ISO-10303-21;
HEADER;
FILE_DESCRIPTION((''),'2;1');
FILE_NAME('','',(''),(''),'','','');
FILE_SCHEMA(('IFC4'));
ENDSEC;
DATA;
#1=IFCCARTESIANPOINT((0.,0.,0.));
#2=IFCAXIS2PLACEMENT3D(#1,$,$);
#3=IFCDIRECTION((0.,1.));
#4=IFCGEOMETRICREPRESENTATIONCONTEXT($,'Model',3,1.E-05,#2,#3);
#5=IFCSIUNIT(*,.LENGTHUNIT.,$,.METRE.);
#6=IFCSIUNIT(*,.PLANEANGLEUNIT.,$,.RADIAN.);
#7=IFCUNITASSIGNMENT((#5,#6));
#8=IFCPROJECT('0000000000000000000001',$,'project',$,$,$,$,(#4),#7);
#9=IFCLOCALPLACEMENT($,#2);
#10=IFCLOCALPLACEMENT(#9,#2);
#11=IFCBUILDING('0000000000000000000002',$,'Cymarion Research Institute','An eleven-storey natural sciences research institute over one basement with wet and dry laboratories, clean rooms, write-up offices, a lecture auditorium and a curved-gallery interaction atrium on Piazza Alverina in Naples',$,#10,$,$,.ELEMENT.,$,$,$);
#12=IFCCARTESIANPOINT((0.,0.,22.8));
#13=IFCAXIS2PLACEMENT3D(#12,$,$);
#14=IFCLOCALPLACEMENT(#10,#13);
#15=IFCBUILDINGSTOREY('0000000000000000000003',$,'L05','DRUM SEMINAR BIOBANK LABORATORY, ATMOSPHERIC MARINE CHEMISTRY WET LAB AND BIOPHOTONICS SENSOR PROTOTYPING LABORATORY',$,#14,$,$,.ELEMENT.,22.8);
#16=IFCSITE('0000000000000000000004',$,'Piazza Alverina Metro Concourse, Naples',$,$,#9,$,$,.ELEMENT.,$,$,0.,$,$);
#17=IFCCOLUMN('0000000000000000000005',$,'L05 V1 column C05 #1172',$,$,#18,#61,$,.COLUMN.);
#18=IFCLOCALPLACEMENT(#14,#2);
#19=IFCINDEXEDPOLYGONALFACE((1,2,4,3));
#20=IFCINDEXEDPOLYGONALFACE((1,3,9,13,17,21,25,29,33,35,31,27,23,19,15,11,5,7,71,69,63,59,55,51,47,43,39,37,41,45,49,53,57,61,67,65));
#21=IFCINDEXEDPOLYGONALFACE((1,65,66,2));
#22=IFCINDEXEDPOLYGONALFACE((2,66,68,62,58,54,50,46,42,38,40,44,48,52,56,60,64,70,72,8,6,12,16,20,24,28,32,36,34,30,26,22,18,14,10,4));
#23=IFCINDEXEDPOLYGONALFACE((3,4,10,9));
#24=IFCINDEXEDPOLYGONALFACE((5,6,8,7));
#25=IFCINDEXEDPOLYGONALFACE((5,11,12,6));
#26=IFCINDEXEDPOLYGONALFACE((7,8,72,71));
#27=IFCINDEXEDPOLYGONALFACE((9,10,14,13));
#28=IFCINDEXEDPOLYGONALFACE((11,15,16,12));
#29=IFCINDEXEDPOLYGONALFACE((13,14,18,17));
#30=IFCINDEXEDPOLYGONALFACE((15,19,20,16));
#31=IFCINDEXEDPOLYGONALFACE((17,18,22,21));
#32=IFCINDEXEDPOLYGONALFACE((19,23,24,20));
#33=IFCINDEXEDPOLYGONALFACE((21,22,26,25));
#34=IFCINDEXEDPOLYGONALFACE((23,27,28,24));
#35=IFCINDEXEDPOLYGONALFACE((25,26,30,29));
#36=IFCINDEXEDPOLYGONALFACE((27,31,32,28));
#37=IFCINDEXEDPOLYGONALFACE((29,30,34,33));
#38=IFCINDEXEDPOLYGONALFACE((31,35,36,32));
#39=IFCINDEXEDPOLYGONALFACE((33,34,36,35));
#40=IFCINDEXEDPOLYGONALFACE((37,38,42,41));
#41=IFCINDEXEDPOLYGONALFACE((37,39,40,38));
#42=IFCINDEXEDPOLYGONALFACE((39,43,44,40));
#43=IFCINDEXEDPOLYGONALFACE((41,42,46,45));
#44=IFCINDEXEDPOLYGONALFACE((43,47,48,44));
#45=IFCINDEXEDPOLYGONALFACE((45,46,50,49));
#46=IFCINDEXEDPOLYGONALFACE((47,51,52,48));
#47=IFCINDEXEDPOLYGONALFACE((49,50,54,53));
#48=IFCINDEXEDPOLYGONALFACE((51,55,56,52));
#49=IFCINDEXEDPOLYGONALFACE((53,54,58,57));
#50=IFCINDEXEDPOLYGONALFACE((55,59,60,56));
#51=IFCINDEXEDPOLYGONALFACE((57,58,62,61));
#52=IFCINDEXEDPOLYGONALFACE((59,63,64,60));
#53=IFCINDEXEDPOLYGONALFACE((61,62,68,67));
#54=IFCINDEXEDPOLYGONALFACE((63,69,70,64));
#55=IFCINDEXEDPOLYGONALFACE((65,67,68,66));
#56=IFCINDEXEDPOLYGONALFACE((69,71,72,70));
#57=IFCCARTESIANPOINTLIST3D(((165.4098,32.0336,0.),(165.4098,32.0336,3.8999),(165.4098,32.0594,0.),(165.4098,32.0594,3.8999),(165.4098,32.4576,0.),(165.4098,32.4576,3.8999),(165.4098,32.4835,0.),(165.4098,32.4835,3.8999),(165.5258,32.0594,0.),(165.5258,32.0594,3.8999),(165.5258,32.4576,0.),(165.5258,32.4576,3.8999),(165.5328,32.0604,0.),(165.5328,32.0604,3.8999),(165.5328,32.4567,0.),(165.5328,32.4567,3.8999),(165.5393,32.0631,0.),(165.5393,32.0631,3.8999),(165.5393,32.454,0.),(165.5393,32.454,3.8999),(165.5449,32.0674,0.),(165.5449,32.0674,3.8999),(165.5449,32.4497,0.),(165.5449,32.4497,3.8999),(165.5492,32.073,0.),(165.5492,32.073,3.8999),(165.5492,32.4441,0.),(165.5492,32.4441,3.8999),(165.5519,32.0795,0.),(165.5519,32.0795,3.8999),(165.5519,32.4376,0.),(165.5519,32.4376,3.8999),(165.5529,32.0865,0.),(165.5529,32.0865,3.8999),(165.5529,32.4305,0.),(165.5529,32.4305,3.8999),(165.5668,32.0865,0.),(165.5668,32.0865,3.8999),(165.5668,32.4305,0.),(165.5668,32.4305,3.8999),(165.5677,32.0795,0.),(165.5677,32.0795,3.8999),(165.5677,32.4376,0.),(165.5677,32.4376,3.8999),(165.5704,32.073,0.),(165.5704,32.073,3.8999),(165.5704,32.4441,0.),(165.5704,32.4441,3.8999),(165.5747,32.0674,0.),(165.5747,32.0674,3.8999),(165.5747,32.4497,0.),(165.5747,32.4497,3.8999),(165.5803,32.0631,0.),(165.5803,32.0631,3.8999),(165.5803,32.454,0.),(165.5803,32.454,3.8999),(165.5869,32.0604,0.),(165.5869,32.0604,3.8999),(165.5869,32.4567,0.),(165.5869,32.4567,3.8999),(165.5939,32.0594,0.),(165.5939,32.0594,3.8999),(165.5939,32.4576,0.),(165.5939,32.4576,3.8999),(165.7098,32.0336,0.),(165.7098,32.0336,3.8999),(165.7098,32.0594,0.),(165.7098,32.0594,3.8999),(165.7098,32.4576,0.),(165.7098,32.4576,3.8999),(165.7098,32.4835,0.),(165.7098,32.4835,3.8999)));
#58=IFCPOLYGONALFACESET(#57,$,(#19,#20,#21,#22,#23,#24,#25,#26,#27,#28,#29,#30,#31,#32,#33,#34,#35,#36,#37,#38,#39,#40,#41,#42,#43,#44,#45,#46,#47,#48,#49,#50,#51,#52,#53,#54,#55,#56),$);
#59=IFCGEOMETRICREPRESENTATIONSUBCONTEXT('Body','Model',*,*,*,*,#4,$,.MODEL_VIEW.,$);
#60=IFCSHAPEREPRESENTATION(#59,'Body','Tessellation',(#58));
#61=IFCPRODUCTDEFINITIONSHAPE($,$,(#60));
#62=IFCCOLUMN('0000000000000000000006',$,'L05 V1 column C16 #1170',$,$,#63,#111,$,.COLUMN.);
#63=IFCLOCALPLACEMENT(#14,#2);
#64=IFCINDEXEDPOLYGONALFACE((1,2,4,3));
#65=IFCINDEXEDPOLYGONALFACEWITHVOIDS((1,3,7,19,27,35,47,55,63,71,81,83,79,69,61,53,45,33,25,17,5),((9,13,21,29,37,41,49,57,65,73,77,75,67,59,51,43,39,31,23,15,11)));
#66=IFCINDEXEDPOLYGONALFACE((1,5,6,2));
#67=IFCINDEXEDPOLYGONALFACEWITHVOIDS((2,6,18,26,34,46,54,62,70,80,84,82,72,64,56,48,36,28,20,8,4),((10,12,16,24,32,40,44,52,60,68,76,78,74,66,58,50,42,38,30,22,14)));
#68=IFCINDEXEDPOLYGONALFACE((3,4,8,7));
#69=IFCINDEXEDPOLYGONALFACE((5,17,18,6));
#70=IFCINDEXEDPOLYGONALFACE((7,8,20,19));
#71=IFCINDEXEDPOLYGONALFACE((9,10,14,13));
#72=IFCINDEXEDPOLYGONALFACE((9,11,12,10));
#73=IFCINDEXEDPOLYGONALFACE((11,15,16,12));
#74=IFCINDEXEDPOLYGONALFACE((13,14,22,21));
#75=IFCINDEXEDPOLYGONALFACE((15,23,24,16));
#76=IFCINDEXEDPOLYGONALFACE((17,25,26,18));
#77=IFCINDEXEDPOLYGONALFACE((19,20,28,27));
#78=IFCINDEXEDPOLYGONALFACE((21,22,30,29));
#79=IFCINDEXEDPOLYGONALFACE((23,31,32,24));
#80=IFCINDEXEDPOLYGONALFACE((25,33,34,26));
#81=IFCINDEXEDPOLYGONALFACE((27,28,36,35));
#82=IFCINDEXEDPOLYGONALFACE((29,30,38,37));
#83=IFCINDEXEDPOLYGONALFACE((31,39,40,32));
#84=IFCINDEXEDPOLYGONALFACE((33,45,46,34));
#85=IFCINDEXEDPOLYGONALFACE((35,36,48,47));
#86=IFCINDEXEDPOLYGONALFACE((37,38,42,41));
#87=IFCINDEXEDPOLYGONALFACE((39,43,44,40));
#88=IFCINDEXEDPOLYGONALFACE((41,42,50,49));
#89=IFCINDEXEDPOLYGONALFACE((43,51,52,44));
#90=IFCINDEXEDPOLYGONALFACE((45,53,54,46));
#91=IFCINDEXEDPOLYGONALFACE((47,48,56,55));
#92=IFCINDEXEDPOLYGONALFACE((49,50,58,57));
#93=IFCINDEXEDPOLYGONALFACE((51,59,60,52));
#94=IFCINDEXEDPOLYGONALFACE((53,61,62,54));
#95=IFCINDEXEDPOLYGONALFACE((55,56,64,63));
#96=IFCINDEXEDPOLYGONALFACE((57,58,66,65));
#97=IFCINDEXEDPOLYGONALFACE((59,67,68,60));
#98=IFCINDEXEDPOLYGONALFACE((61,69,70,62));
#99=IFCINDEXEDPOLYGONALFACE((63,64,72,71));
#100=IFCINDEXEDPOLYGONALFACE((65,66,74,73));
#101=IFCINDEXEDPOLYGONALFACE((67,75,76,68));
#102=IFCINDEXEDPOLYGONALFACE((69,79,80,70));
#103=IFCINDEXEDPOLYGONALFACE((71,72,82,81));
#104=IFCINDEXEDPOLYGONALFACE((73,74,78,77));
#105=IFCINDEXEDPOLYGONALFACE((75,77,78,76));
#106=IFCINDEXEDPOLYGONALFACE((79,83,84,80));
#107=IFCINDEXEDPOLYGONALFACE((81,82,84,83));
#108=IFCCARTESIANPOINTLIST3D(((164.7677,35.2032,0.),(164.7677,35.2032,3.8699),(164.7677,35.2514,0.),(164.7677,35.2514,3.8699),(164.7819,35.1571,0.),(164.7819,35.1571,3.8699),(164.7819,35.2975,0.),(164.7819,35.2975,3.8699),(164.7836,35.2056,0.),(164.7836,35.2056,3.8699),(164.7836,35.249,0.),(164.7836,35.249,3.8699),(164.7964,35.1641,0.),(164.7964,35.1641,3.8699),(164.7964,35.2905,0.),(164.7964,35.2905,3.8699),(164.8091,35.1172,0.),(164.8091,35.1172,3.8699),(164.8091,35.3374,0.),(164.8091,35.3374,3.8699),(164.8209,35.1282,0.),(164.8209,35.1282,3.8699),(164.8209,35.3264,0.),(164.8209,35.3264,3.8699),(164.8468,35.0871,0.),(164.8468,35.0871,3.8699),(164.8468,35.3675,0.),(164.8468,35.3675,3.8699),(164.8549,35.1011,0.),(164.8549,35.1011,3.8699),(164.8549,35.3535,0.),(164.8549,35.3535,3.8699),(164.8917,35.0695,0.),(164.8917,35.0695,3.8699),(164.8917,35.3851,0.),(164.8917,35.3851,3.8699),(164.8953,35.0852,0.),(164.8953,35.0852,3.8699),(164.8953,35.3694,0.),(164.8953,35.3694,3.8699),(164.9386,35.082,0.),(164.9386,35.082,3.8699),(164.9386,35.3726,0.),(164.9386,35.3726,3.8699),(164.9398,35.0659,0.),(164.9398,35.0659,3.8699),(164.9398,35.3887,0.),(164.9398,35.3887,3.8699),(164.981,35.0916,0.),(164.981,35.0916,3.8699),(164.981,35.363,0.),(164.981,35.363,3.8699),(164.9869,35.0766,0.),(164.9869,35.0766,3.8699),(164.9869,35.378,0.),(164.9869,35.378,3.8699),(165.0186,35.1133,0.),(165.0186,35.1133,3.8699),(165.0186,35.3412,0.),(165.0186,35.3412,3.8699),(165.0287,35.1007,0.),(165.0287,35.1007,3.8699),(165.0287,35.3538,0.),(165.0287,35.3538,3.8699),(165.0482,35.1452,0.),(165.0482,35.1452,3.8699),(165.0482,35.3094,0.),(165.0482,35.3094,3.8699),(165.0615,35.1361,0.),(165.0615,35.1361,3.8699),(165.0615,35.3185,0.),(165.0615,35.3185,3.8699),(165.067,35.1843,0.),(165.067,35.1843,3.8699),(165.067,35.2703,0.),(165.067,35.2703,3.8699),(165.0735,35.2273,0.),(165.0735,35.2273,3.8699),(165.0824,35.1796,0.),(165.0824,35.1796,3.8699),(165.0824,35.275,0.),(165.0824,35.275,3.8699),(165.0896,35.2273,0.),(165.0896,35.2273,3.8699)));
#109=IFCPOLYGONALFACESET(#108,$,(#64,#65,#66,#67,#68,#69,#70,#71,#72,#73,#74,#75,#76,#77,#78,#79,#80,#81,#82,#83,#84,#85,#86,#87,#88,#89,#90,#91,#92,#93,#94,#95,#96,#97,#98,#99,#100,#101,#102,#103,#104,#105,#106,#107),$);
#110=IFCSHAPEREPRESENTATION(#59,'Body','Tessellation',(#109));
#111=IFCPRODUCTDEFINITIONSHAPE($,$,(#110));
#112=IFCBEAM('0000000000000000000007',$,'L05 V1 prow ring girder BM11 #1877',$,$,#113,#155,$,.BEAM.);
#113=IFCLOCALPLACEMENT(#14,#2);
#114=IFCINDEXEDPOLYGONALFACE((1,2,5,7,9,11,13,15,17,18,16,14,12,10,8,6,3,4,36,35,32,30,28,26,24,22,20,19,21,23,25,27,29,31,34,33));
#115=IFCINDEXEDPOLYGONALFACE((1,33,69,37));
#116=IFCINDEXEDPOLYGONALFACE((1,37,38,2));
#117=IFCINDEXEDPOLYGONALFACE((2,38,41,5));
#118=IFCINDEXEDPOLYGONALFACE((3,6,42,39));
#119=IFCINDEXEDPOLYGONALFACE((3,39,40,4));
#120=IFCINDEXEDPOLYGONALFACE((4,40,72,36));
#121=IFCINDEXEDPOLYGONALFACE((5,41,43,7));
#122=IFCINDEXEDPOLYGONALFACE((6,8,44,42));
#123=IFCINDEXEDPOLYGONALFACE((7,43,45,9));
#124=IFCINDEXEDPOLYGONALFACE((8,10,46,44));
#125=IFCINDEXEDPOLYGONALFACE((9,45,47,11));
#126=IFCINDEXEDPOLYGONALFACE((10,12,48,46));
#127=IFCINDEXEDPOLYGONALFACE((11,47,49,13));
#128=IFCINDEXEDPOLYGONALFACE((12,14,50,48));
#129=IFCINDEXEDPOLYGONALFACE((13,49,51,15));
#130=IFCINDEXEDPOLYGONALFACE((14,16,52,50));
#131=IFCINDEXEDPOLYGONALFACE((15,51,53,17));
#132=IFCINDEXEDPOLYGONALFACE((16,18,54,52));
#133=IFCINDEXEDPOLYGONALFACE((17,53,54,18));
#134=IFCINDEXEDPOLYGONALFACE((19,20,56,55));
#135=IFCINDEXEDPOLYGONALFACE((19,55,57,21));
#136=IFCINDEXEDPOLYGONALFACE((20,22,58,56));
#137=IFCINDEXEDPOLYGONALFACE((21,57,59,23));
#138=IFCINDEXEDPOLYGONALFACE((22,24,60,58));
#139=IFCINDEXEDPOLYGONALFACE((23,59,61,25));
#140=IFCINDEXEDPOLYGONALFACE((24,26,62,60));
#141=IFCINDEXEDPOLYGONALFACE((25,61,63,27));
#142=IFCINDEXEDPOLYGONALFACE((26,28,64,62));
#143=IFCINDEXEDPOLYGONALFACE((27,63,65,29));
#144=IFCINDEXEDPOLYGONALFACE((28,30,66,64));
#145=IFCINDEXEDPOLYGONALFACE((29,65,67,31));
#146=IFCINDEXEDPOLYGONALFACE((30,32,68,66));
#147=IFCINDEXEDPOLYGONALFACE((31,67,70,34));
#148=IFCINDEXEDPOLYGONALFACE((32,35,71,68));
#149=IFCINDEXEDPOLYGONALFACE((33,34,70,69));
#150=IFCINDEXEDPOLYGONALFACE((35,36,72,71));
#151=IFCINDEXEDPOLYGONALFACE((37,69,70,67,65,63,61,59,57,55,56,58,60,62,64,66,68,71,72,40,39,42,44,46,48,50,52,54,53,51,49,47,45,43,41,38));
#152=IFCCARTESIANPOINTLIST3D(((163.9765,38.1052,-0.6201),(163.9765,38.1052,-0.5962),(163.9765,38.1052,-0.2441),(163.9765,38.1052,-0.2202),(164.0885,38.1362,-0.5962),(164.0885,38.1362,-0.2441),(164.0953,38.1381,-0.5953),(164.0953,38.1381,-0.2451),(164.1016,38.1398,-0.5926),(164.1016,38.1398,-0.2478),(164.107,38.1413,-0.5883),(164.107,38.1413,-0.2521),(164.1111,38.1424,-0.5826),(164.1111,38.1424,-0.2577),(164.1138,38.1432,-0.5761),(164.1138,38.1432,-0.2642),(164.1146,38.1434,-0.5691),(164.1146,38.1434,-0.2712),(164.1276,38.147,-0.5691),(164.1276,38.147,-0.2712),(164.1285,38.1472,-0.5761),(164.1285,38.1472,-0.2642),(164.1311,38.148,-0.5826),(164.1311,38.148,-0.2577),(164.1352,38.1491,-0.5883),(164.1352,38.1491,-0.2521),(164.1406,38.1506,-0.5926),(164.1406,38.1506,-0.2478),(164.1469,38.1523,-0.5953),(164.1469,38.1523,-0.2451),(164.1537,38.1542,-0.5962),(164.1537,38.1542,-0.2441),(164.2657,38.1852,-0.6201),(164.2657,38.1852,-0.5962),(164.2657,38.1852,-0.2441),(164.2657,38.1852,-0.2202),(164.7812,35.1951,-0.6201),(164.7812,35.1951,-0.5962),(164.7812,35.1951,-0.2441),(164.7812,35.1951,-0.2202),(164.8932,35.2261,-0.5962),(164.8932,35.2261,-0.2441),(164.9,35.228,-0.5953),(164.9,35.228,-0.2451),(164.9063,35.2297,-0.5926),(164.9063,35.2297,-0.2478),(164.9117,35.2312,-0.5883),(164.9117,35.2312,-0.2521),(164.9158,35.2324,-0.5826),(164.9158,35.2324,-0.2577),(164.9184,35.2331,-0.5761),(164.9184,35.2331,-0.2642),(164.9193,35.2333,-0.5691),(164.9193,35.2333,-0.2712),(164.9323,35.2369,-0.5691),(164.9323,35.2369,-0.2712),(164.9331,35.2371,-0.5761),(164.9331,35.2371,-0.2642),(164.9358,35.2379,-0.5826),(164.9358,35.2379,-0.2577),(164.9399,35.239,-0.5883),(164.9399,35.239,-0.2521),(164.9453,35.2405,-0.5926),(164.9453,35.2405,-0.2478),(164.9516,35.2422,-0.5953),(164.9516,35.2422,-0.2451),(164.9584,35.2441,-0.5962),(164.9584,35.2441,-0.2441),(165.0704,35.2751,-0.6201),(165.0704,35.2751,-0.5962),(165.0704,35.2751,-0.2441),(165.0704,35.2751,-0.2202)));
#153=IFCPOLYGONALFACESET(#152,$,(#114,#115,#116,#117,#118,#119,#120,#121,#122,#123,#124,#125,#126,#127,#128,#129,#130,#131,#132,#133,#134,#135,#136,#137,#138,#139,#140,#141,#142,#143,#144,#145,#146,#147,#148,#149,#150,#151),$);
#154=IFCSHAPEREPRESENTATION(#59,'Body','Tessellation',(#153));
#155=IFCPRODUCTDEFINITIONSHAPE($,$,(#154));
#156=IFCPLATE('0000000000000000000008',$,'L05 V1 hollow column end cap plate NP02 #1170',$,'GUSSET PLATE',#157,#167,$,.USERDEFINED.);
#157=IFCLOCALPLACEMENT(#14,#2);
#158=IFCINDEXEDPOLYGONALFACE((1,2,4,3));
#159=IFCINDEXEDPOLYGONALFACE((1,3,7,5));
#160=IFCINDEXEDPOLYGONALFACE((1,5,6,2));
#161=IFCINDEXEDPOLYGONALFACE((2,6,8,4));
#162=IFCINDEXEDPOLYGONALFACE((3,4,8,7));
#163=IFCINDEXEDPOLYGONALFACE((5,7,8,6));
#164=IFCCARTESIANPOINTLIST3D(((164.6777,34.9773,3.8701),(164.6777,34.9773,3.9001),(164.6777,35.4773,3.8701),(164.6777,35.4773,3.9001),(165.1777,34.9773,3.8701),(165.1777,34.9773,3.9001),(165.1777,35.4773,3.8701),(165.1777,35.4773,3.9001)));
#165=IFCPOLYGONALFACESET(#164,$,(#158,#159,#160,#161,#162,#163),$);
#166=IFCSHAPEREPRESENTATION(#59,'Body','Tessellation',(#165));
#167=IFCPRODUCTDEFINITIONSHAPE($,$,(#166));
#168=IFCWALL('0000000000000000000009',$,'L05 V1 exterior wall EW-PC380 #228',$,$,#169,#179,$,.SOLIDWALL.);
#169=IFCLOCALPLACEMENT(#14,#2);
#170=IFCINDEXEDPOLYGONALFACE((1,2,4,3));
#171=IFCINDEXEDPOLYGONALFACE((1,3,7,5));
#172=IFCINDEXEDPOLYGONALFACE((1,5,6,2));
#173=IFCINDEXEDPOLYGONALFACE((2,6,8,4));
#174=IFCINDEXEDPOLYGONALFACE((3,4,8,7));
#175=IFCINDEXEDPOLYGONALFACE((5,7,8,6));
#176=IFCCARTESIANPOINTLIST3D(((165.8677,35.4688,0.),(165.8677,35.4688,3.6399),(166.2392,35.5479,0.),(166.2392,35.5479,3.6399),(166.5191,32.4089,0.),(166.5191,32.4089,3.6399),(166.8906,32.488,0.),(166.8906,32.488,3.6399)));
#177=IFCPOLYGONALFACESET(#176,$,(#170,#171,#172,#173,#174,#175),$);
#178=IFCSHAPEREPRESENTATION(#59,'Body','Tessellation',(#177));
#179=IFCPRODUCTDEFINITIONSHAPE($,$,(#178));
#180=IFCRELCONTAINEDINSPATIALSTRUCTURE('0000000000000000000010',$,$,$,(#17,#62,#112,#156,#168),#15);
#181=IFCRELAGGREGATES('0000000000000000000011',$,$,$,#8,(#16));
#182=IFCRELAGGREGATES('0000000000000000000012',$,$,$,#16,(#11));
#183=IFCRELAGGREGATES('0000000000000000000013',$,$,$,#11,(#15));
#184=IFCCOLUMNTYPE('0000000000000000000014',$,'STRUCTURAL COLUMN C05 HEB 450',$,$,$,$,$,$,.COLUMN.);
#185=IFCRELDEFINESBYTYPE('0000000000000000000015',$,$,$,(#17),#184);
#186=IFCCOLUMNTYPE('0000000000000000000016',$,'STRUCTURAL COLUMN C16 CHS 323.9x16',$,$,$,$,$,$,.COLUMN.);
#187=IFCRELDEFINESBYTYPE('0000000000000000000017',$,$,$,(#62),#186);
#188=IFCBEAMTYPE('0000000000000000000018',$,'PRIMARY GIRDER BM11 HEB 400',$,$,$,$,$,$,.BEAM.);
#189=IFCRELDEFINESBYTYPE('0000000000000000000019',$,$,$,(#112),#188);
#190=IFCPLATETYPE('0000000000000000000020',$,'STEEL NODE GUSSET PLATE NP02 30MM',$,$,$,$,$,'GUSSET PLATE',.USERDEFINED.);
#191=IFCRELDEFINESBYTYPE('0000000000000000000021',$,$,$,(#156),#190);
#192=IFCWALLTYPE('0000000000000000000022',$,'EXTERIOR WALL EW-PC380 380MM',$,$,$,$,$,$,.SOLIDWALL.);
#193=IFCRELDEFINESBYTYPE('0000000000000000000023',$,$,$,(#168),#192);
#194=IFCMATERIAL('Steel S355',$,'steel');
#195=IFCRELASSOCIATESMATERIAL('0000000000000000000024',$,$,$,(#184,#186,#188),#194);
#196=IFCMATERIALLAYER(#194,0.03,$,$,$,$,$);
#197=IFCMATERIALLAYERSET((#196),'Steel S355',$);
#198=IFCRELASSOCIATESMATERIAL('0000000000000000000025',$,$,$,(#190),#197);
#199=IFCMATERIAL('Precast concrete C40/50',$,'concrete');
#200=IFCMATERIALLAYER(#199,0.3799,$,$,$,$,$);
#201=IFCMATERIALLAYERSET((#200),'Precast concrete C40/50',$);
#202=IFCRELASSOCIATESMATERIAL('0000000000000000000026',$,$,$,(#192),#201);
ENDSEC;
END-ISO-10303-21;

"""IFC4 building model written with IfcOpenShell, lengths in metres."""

from ifc_helpers import new_model, si_unit, direction, frame, frame_2d, origin, origin_2d, place, context, subcontext, project, spatial, rectangle, hollow_circle, i_section, extrude, material, layer, layer_set, material_profile, profile_set, type_object, element, save


model = new_model("IFC4")

# Units and contexts
model_context = context("Model", 3, precision=1e-05, world=origin(), true_north=direction((0.0, 1.0)))
body_context = subcontext(model_context, "Body", "Model", "MODEL_VIEW")
ifc_project = project(units=[si_unit("LENGTHUNIT", "METRE"), si_unit("PLANEANGLEUNIT", "RADIAN")], contexts=[model_context])

# Site, building, storey
site_placement = place(None, origin())
site = spatial("IfcSite", under=ifc_project, at=site_placement, Name="Piazza Alverina Metro Concourse, Naples", CompositionType="ELEMENT", RefElevation=0.0)
building_placement = place(site_placement, origin())
building = spatial("IfcBuilding", under=site, at=building_placement, Name="Cymarion Research Institute", Description="An eleven-storey natural sciences research institute over one basement with wet and dry laboratories, clean rooms, write-up offices, a lecture auditorium and a curved-gallery interaction atrium on Piazza Alverina in Naples", CompositionType="ELEMENT")
storey_placement = place(building_placement, frame((0.0, 0.0, 22.8)))
storey = spatial("IfcBuildingStorey", under=building, at=storey_placement, Name="L05", Description="DRUM SEMINAR BIOBANK LABORATORY, ATMOSPHERIC MARINE CHEMISTRY WET LAB AND BIOPHOTONICS SENSOR PROTOTYPING LABORATORY", CompositionType="ELEMENT", Elevation=22.8)

# Columns
ifc_material_1 = material(Name="Steel S355", Category="steel")
ifc_material_profile_1 = material_profile(ifc_material_1, i_section(OverallWidth=0.3, OverallDepth=0.45, WebThickness=0.0139, FlangeThickness=0.0259, FilletRadius=0.0271, at=origin_2d()), Name="HEB 450")
ifc_profile_set_1 = profile_set([ifc_material_profile_1], Name="Steel S355")
column_type_1 = type_object("IfcColumnType", Name="STRUCTURAL COLUMN C05 HEB 450", PredefinedType="COLUMN", material=ifc_profile_set_1)
column_1_placement = place(storey_placement, frame((165.5598, 32.2585, 0.0), z_axis=(0.0, 0.0, 1.0), x_axis=(1.0, 0.0, 0.0)))
element("IfcColumn", 1, at=column_1_placement, inside=storey, type_object=column_type_1, Name="L05 V1 column C05 #1172", PredefinedType="COLUMN", context=body_context, shape_type="SweptSolid", body=[
    extrude(i_section(OverallWidth=0.3, OverallDepth=0.45, WebThickness=0.0139, FlangeThickness=0.0259, FilletRadius=0.0271, at=origin_2d()), origin(), (0.0, 0.0, 1.0), 3.8999),
])
ifc_material_profile_2 = material_profile(ifc_material_1, hollow_circle(Radius=0.1619, WallThickness=0.0161, at=origin_2d()), Name="CHS 323.9x16")
ifc_profile_set_2 = profile_set([ifc_material_profile_2], Name="Steel S355")
column_type_2 = type_object("IfcColumnType", Name="STRUCTURAL COLUMN C16 CHS 323.9x16", PredefinedType="COLUMN", material=ifc_profile_set_2)
column_2_placement = place(storey_placement, frame((164.9277, 35.2273, 0.0), z_axis=(0.0, 0.0, 1.0), x_axis=(1.0, 0.0, 0.0)))
element("IfcColumn", 2, at=column_2_placement, inside=storey, type_object=column_type_2, Name="L05 V1 column C16 #1170", PredefinedType="COLUMN", context=body_context, shape_type="SweptSolid", body=[
    extrude(hollow_circle(Radius=0.1619, WallThickness=0.0161, at=origin_2d()), origin(), (0.0, 0.0, 1.0), 3.8699),
])

# Beam
ifc_material_profile_3 = material_profile(ifc_material_1, i_section(OverallWidth=0.3, OverallDepth=0.3999, WebThickness=0.0134, FlangeThickness=0.0239, FilletRadius=0.0271, at=origin_2d()), Name="HEB 400")
ifc_profile_set_3 = profile_set([ifc_material_profile_3], Name="Steel S355")
beam_type = type_object("IfcBeamType", Name="PRIMARY GIRDER BM11 HEB 400", PredefinedType="BEAM", material=ifc_profile_set_3)
beam_placement = place(storey_placement, frame((164.9258, 35.2351, -0.4202), z_axis=(-0.266509, 0.963832, 0.0), x_axis=(-0.963832, -0.266509, 0.0)))
element("IfcBeam", 3, at=beam_placement, inside=storey, type_object=beam_type, Name="L05 V1 prow ring girder BM11 #1877", PredefinedType="BEAM", context=body_context, shape_type="SweptSolid", body=[
    extrude(i_section(OverallWidth=0.3, OverallDepth=0.3999, WebThickness=0.0134, FlangeThickness=0.0239, FilletRadius=0.0271, at=origin_2d()), origin(), (0.0, 0.0, 1.0), 3.0193),
])

# Plate
ifc_layer_1 = layer(ifc_material_1, 0.03)
ifc_layer_set_1 = layer_set([ifc_layer_1], Name="Steel S355")
plate_type = type_object("IfcPlateType", Name="STEEL NODE GUSSET PLATE NP02 30MM", ElementType="GUSSET PLATE", PredefinedType="USERDEFINED", material=ifc_layer_set_1)
plate_placement = place(storey_placement, frame((164.9277, 35.2273, 3.8701), z_axis=(0.0, 0.0, 1.0), x_axis=(1.0, 0.0, 0.0)))
element("IfcPlate", 4, at=plate_placement, inside=storey, type_object=plate_type, Name="L05 V1 hollow column end cap plate NP02 #1170", ObjectType="GUSSET PLATE", PredefinedType="USERDEFINED", context=body_context, shape_type="SweptSolid", body=[
    extrude(rectangle(XDim=0.5, YDim=0.5, at=origin_2d()), origin(), (0.0, 0.0, 1.0), 0.03),
])

# Wall
ifc_material_2 = material(Name="Precast concrete C40/50", Category="concrete")
ifc_layer_2 = layer(ifc_material_2, 0.3799)
ifc_layer_set_2 = layer_set([ifc_layer_2], Name="Precast concrete C40/50")
wall_type = type_object("IfcWallType", Name="EXTERIOR WALL EW-PC380 380MM", PredefinedType="SOLIDWALL", material=ifc_layer_set_2)
wall_1_placement = place(storey_placement, frame((166.7048, 32.4485, 0.0), z_axis=(0.0, 0.0, 1.0), x_axis=(-0.208212, 0.978084, 0.0)))
element("IfcWall", 5, at=wall_1_placement, inside=storey, type_object=wall_type, Name="L05 V1 exterior wall EW-PC380 #228", PredefinedType="SOLIDWALL", context=body_context, shape_type="SweptSolid", body=[
    extrude(rectangle(XDim=3.1284, YDim=0.3799, at=frame_2d((1.5642, 0.0))), origin(), (0.0, 0.0, 1.0), 3.6399),
])

save(model, "model.ifc")
